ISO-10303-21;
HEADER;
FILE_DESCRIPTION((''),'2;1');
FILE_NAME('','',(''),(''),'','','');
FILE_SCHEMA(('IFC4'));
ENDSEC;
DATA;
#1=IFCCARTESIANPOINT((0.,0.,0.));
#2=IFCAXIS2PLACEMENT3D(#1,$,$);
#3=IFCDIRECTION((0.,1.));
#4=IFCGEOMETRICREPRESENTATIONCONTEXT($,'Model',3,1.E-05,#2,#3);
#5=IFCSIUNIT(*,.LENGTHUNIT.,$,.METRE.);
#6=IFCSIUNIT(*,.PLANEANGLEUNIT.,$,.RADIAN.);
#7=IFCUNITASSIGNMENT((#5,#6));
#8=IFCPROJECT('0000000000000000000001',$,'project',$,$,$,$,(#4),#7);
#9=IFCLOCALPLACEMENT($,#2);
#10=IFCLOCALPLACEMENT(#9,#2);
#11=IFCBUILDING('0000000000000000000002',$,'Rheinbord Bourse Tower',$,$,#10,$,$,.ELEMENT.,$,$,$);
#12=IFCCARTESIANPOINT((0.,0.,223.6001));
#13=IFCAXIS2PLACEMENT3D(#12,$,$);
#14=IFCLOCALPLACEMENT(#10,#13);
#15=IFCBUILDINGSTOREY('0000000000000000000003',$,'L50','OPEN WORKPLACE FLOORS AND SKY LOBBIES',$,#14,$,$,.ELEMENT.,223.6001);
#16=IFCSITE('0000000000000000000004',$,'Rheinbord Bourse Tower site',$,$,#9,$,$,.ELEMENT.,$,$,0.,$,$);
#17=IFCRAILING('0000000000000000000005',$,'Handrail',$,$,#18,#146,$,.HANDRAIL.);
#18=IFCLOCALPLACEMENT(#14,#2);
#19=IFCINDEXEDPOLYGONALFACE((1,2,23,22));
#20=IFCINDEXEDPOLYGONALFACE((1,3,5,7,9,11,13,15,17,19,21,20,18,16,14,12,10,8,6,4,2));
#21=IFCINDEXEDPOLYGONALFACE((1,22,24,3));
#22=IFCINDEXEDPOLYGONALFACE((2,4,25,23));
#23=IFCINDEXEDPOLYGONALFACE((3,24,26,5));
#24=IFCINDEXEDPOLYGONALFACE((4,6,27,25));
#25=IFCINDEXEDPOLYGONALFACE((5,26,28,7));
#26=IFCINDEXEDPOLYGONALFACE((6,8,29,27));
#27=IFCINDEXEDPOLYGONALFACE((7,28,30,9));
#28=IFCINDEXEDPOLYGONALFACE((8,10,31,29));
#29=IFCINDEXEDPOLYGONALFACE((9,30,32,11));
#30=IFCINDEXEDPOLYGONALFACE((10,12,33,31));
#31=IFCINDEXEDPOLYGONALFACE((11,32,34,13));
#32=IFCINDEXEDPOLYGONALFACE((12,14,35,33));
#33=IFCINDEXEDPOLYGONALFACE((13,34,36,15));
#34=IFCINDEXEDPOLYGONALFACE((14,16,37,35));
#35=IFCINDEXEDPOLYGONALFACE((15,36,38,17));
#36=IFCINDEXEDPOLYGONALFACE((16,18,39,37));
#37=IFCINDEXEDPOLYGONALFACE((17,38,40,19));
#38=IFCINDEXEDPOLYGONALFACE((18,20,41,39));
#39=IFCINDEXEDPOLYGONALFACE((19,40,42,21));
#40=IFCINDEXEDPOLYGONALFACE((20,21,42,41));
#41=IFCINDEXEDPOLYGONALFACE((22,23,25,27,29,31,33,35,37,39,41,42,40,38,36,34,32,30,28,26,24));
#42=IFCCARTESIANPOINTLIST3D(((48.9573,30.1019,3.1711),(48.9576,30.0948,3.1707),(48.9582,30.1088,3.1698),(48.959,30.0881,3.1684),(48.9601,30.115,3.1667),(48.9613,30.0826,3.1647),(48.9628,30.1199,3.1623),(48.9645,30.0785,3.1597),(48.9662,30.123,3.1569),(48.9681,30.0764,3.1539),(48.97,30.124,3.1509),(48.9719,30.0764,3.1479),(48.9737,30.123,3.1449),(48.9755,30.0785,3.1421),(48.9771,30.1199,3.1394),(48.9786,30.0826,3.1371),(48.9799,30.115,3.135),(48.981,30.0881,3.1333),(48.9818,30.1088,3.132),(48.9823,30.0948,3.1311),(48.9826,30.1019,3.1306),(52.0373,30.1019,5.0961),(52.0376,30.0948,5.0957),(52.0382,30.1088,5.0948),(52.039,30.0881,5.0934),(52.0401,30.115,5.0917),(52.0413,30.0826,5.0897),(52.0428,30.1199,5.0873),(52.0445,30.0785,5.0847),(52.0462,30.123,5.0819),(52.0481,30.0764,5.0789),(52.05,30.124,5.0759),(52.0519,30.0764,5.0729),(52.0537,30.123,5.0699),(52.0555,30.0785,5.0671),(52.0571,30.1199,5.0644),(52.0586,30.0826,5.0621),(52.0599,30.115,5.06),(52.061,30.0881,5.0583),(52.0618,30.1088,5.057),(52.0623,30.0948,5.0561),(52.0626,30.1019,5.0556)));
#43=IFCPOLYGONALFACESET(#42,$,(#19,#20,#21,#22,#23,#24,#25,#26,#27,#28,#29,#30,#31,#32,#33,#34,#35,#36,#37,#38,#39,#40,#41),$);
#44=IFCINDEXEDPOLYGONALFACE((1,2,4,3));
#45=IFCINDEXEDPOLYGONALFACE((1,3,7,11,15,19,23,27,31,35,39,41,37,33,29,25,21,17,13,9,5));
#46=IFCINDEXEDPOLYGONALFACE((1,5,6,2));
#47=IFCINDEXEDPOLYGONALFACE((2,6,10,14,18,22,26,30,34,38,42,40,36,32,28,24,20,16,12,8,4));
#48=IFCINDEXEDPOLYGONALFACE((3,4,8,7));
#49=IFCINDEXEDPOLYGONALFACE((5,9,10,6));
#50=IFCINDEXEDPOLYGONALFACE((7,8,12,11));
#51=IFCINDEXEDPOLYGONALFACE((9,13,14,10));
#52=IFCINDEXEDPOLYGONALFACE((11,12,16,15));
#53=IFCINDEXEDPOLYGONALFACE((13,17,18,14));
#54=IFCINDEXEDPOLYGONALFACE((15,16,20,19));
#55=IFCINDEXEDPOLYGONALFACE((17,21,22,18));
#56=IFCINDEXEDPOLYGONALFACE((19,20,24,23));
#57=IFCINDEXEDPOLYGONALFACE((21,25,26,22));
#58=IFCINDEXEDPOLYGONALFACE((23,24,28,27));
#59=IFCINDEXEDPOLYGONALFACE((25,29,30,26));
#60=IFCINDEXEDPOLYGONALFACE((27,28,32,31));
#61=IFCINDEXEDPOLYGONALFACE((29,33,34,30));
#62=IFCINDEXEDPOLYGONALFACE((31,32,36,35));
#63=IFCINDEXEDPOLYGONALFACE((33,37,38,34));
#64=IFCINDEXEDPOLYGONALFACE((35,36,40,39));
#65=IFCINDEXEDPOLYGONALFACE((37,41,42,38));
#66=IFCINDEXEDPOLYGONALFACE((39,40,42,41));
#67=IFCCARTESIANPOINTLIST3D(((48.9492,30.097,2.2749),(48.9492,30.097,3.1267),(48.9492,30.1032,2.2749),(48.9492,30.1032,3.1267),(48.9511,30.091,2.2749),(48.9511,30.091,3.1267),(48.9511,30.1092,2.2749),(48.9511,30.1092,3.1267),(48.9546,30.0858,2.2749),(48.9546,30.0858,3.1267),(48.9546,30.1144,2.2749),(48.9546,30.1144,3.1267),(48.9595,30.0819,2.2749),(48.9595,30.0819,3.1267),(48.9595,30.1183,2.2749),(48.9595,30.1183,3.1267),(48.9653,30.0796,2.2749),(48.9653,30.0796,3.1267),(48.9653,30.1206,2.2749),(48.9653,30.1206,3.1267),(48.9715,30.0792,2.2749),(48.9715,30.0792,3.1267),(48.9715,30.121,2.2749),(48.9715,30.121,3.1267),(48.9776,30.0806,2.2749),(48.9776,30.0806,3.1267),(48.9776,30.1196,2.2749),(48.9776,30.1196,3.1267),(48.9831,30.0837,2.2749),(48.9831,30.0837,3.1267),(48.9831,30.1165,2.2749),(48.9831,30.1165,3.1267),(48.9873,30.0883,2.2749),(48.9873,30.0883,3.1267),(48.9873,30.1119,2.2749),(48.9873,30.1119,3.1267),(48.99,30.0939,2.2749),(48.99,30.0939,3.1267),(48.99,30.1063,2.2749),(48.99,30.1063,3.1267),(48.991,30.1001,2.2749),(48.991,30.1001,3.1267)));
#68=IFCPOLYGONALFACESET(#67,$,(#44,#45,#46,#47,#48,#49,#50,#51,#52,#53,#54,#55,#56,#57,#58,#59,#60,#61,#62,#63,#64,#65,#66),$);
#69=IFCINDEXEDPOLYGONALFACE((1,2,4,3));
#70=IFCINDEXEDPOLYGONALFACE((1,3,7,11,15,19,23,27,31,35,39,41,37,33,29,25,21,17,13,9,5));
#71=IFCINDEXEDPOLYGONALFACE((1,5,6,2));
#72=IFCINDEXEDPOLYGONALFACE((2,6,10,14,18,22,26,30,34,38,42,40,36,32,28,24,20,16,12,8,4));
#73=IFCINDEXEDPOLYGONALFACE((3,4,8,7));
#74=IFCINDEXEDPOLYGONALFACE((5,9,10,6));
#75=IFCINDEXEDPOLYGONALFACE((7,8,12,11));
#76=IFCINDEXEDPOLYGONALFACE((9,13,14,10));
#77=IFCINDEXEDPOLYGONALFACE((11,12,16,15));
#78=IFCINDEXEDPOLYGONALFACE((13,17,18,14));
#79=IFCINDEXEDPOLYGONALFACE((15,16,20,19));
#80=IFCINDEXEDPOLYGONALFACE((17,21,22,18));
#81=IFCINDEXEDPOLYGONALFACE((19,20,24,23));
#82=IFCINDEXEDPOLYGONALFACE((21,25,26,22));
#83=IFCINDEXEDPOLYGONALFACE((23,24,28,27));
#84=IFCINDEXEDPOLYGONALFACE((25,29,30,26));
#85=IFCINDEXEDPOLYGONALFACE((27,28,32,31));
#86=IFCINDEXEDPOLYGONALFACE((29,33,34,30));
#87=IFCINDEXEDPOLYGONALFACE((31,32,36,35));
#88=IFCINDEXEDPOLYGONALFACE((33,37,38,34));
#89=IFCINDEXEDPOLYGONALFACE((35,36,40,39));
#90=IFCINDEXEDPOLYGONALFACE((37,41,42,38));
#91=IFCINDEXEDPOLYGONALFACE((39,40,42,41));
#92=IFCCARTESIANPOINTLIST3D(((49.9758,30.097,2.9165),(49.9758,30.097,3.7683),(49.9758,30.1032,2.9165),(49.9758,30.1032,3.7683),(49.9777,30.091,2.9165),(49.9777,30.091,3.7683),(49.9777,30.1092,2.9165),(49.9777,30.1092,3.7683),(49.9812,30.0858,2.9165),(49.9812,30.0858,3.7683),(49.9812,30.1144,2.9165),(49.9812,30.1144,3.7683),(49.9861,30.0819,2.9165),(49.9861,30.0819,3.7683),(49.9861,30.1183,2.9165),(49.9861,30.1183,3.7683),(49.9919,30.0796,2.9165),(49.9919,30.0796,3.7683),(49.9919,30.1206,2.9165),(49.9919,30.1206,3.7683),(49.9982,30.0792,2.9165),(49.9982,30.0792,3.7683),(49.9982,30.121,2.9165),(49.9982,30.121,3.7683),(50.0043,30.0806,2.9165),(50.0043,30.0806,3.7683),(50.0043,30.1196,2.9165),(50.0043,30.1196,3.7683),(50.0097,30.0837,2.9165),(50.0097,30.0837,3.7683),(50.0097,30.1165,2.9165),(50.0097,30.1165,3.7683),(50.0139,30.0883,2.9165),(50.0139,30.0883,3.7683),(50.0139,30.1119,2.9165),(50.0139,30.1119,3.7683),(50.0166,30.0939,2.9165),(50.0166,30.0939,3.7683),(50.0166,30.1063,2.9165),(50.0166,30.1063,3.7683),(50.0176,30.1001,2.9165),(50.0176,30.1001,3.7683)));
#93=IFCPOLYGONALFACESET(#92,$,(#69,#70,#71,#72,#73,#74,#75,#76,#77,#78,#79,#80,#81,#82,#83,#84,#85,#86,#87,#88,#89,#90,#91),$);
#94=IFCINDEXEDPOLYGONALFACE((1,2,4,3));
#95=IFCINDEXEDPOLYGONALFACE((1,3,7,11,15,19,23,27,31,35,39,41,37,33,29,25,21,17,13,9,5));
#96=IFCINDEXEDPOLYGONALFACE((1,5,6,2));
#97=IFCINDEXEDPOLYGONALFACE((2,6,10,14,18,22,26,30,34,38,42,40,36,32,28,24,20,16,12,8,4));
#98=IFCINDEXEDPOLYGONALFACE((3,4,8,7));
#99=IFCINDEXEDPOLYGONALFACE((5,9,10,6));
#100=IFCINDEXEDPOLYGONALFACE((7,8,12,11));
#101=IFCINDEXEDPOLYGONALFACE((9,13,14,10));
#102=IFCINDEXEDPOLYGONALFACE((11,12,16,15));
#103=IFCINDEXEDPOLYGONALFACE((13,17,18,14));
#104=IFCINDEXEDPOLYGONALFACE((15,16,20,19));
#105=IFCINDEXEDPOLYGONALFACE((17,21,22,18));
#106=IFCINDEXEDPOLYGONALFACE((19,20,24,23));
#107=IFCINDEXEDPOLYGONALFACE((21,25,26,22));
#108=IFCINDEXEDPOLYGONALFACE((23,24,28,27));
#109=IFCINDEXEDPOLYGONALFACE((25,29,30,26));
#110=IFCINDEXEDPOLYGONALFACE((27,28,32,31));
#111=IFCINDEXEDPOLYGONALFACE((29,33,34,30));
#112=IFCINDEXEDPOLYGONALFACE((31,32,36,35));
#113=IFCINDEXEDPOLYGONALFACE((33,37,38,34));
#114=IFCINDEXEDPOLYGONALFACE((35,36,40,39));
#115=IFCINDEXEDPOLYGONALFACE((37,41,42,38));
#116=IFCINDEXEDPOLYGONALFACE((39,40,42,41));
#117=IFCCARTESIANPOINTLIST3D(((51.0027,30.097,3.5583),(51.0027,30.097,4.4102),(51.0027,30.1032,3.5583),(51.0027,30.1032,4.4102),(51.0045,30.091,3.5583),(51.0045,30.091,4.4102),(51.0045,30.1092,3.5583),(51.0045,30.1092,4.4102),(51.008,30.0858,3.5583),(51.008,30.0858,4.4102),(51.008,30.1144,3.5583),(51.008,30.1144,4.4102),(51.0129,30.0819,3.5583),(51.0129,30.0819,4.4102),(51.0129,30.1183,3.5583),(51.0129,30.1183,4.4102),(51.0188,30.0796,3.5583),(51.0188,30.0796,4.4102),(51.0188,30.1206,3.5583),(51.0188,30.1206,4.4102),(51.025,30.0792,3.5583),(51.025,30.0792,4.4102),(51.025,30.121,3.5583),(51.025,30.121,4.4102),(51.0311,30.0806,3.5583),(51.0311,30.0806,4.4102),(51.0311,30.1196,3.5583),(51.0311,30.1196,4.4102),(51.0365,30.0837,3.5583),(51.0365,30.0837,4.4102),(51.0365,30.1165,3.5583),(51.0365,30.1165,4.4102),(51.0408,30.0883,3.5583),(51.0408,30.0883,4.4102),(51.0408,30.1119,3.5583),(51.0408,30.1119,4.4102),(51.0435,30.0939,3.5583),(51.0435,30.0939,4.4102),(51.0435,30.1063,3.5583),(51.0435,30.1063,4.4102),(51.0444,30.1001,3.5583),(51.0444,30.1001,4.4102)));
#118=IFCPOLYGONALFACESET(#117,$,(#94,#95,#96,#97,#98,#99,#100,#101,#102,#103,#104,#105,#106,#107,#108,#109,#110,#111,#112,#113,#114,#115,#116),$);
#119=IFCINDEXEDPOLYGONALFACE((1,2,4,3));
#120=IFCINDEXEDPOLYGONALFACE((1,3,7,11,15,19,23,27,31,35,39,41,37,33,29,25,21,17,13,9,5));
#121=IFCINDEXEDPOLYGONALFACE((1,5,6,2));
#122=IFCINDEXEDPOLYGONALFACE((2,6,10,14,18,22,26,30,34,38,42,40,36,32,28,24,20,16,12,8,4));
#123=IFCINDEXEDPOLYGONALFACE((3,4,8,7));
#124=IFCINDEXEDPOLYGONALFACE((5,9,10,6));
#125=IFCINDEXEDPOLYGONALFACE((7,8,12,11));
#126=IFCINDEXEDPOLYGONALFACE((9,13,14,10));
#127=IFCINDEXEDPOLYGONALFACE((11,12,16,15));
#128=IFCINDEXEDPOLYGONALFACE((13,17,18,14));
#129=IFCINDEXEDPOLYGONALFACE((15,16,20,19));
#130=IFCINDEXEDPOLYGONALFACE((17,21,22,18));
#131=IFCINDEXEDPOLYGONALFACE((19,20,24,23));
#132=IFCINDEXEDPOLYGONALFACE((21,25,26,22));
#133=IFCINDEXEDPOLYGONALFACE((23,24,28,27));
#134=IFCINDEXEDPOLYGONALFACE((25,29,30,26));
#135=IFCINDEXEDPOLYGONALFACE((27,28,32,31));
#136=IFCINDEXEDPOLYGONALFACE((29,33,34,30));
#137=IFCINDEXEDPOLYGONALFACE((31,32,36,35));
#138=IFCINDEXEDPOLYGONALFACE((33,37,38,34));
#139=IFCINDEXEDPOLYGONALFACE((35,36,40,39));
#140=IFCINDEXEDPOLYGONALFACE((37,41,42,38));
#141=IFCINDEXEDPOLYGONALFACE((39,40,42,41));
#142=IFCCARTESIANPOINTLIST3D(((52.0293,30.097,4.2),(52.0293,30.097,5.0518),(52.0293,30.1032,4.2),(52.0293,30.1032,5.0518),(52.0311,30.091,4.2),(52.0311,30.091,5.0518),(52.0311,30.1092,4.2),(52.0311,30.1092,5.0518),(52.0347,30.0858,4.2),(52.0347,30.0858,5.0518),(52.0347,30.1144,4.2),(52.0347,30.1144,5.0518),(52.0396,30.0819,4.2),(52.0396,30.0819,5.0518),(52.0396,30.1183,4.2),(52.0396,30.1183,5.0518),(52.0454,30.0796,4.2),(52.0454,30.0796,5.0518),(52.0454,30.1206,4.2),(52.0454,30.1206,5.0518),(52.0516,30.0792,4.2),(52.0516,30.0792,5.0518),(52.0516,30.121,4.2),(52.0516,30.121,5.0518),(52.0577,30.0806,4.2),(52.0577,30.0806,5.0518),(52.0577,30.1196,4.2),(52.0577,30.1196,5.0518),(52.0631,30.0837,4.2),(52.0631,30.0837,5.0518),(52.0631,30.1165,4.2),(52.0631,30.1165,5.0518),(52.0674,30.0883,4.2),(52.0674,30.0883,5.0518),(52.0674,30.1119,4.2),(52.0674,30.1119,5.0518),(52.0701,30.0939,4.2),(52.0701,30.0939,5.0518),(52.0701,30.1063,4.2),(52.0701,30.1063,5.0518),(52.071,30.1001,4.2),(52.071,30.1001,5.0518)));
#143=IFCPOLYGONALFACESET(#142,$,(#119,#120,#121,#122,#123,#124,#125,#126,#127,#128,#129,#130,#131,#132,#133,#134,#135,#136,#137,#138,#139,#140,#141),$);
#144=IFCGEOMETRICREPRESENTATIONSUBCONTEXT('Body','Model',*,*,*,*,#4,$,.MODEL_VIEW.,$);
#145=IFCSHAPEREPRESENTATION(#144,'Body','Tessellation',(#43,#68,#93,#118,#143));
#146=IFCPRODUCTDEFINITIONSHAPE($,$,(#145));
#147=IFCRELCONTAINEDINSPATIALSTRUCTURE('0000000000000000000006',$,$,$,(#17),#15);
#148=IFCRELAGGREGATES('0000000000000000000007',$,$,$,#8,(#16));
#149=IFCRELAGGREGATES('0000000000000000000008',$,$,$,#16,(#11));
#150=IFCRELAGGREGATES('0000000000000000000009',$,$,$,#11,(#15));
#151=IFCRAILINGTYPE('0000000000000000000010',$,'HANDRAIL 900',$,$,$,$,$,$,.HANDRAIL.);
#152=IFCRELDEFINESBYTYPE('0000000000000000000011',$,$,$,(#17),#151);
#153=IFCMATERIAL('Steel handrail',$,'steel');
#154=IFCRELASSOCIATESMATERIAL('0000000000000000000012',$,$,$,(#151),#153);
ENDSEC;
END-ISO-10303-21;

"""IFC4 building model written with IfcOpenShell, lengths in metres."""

from ifc_helpers import new_model, si_unit, direction, frame, origin, origin_2d, place, context, subcontext, project, spatial, circle, extrude, material, type_object, element, save


model = new_model("IFC4")

# Units and contexts
model_context = context("Model", 3, precision=1e-05, world=origin(), true_north=direction((0.0, 1.0)))
body_context = subcontext(model_context, "Body", "Model", "MODEL_VIEW")
ifc_project = project(units=[si_unit("LENGTHUNIT", "METRE"), si_unit("PLANEANGLEUNIT", "RADIAN")], contexts=[model_context])

# Site, building, storey
site_placement = place(None, origin())
site = spatial("IfcSite", under=ifc_project, at=site_placement, Name="Rheinbord Bourse Tower site", CompositionType="ELEMENT", RefElevation=0.0)
building_placement = place(site_placement, origin())
building = spatial("IfcBuilding", under=site, at=building_placement, Name="Rheinbord Bourse Tower", CompositionType="ELEMENT")
storey_placement = place(building_placement, frame((0.0, 0.0, 223.6001)))
storey = spatial("IfcBuildingStorey", under=building, at=storey_placement, Name="L50", Description="OPEN WORKPLACE FLOORS AND SKY LOBBIES", CompositionType="ELEMENT", Elevation=223.6001)

# Railing
ifc_material_1 = material(Name="Steel handrail", Category="steel")
railing_type = type_object("IfcRailingType", Name="HANDRAIL 900", PredefinedType="HANDRAIL", material=ifc_material_1)
railing_1_placement = place(storey_placement, frame((48.97, 30.1001, 2.2749)))
element("IfcRailing", 1, at=railing_1_placement, inside=storey, type_object=railing_type, Name="Handrail", PredefinedType="HANDRAIL", context=body_context, shape_type="SweptSolid", body=[
    extrude(circle(Radius=0.0239, at=origin_2d()), frame((0.0, 0.0, 0.876), z_axis=(0.847998, 0.0, 0.529999), x_axis=(0.0, 1.0, 0.0)), (0.0, 0.0, 1.0), 3.6321),
    extrude(circle(Radius=0.021, at=origin_2d()), origin(), (0.0, 0.0, 1.0), 0.8518),
    extrude(circle(Radius=0.021, at=origin_2d()), frame((1.0266, 0.0, 0.6416)), (0.0, 0.0, 1.0), 0.8518),
    extrude(circle(Radius=0.021, at=origin_2d()), frame((2.0535, 0.0, 1.2834)), (0.0, 0.0, 1.0), 0.8518),
    extrude(circle(Radius=0.021, at=origin_2d()), frame((3.0801, 0.0, 1.925)), (0.0, 0.0, 1.0), 0.8518),
])

save(model, "model.ifc")
